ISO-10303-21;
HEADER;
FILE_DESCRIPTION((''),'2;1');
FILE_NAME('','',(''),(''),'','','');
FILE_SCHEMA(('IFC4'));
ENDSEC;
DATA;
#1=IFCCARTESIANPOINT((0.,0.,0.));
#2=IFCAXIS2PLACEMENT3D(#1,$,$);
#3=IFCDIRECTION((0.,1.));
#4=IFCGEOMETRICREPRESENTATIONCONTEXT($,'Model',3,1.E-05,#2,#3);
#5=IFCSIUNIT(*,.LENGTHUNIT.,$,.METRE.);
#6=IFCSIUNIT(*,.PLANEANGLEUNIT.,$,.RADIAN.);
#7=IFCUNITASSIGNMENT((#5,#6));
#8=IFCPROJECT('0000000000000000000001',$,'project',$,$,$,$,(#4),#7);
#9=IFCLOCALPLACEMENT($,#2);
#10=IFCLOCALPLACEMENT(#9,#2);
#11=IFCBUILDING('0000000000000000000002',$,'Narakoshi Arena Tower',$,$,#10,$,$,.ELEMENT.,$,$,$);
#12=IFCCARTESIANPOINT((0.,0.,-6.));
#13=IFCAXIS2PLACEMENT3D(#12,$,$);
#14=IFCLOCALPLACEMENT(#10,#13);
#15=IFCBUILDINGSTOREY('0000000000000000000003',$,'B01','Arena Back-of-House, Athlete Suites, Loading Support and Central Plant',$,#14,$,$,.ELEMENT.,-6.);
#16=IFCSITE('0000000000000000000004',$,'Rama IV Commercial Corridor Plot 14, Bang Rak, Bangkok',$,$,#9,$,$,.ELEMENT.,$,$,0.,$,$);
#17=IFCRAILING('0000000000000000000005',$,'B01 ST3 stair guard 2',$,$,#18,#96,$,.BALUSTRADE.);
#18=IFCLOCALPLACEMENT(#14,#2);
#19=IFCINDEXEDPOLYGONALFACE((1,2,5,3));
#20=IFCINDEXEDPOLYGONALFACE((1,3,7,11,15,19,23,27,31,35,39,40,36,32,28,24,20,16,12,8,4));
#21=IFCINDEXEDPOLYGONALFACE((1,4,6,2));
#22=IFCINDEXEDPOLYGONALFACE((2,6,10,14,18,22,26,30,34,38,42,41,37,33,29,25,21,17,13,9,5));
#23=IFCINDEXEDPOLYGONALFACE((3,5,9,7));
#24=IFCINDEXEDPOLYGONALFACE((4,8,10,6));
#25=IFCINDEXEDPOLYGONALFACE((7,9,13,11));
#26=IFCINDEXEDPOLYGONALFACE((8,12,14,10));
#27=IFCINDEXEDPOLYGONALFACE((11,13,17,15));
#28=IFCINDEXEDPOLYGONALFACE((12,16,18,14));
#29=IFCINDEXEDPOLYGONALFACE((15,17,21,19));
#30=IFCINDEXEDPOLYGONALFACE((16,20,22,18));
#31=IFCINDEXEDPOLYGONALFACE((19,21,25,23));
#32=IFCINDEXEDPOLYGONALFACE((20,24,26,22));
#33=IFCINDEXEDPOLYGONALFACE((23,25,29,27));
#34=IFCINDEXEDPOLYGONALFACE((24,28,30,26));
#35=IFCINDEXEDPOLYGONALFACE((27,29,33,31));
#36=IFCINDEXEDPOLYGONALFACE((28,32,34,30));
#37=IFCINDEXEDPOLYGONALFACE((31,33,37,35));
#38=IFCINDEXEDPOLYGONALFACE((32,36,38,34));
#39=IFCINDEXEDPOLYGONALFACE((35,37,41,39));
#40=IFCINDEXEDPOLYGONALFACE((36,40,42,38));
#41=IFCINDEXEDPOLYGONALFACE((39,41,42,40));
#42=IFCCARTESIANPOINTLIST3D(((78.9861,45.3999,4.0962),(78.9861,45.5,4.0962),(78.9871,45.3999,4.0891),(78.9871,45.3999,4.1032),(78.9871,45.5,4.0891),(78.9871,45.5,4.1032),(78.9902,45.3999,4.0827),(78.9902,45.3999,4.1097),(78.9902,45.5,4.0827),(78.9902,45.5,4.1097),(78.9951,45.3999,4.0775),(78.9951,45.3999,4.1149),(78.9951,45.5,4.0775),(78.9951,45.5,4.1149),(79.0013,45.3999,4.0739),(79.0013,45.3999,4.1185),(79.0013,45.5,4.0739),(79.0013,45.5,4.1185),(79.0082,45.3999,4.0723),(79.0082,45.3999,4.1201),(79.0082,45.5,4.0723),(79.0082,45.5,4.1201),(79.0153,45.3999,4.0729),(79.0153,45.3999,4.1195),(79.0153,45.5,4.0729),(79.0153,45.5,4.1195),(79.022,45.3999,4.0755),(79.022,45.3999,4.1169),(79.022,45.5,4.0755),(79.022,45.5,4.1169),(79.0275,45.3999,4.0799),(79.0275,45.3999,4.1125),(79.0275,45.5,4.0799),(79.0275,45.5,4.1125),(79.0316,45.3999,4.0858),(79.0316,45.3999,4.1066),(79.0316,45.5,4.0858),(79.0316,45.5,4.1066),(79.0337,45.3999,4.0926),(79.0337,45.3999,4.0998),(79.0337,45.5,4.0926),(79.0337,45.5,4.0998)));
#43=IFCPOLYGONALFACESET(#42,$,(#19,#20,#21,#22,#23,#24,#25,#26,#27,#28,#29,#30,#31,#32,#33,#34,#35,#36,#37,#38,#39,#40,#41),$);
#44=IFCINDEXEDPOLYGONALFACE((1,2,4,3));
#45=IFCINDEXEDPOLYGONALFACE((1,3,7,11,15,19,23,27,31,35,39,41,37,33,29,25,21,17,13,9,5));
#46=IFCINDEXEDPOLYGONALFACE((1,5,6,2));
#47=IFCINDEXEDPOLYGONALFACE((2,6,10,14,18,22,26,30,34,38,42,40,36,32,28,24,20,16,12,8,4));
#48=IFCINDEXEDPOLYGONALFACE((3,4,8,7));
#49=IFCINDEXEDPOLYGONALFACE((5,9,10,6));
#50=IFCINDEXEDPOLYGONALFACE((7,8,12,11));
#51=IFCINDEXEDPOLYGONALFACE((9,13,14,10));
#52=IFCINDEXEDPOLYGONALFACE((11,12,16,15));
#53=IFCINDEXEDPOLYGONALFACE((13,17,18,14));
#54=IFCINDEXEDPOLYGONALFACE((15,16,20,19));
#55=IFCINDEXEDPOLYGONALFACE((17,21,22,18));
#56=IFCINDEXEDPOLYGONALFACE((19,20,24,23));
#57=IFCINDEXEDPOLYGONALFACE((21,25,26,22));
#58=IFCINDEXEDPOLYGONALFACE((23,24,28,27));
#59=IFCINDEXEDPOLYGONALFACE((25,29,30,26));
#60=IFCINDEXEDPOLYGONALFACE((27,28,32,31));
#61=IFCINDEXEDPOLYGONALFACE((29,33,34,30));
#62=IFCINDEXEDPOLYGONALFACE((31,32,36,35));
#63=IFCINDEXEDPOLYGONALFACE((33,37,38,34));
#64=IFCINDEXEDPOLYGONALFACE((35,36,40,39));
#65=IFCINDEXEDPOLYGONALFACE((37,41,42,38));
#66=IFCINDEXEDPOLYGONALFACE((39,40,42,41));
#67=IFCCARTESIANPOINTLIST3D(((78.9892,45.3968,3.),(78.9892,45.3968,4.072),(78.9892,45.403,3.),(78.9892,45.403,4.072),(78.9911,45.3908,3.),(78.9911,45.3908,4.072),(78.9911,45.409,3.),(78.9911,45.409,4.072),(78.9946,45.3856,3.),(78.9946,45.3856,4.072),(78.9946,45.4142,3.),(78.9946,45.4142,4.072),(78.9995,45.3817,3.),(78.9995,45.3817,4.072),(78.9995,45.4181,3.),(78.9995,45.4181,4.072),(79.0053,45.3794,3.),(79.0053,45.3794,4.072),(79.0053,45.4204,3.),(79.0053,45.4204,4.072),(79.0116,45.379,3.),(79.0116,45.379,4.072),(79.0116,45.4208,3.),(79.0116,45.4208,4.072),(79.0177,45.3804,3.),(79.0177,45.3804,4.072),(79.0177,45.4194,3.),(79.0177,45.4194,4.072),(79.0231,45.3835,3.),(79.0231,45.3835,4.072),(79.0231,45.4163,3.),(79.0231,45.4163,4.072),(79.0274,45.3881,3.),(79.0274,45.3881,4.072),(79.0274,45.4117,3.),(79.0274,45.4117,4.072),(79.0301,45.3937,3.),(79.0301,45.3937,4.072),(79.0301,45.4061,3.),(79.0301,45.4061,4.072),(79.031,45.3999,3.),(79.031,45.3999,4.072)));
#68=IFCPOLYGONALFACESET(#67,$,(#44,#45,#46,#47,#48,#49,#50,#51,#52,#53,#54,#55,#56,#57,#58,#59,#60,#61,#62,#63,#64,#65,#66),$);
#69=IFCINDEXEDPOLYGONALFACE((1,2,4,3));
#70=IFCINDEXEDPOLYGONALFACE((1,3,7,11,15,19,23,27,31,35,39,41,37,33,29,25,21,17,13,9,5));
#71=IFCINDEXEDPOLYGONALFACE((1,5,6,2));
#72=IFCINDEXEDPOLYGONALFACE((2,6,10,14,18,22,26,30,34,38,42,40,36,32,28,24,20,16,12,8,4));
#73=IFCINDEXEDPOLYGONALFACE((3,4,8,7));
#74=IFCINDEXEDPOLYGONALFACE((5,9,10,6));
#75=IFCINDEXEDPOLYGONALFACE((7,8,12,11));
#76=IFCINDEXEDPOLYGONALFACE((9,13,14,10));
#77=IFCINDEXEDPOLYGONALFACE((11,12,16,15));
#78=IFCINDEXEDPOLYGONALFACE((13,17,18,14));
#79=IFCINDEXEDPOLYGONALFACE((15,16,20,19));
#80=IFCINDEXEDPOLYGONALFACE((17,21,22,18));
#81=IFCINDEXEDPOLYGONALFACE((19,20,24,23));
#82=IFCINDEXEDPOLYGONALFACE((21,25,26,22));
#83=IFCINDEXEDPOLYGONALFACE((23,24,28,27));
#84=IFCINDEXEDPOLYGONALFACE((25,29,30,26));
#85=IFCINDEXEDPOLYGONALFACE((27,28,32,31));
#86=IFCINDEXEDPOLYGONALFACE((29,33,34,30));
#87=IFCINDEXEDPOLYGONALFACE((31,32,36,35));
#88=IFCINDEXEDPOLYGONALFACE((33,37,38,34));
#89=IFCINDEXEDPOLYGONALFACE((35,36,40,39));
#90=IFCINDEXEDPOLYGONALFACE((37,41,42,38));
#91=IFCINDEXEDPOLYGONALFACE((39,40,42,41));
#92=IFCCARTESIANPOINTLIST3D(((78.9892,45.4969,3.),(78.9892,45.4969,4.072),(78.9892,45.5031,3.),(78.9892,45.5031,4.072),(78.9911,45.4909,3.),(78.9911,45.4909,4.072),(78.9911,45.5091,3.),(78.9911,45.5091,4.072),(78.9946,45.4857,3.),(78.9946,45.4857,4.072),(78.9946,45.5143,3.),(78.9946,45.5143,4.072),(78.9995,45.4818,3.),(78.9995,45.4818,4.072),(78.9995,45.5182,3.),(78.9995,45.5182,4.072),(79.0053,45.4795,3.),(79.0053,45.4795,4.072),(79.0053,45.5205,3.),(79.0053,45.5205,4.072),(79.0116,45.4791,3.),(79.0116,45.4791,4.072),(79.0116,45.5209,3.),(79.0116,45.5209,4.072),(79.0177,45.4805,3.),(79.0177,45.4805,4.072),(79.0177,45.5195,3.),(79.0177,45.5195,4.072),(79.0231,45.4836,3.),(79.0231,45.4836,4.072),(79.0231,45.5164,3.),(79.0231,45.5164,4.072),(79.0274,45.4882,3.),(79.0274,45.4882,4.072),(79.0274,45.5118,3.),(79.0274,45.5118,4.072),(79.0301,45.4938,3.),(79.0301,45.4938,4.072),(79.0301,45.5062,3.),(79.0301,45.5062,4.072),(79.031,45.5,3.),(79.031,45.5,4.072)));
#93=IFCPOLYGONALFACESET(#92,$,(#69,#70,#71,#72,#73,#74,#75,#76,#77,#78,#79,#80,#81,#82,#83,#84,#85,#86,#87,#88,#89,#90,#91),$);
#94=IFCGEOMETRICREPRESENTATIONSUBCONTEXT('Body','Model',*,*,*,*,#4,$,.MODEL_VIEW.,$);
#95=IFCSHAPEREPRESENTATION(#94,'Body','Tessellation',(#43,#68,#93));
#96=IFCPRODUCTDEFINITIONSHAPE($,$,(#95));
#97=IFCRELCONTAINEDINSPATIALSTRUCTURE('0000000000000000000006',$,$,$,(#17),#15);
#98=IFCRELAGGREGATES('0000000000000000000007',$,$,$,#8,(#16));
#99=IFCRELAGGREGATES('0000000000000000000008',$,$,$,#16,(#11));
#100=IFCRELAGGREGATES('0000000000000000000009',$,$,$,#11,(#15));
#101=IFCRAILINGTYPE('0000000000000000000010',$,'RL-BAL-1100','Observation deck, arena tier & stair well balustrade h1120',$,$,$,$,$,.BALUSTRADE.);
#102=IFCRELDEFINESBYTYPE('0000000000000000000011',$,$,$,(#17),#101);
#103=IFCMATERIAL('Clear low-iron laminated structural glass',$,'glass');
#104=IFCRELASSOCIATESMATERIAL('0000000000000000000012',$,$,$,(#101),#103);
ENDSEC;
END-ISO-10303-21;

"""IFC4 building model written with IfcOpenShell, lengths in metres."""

from ifc_helpers import new_model, si_unit, direction, frame, origin, origin_2d, place, context, subcontext, project, spatial, circle, extrude, material, type_object, element, save


model = new_model("IFC4")

# Units and contexts
model_context = context("Model", 3, precision=1e-05, world=origin(), true_north=direction((0.0, 1.0)))
body_context = subcontext(model_context, "Body", "Model", "MODEL_VIEW")
ifc_project = project(units=[si_unit("LENGTHUNIT", "METRE"), si_unit("PLANEANGLEUNIT", "RADIAN")], contexts=[model_context])

# Site, building, storey
site_placement = place(None, origin())
site = spatial("IfcSite", under=ifc_project, at=site_placement, Name="Rama IV Commercial Corridor Plot 14, Bang Rak, Bangkok", CompositionType="ELEMENT", RefElevation=0.0)
building_placement = place(site_placement, origin())
building = spatial("IfcBuilding", under=site, at=building_placement, Name="Narakoshi Arena Tower", CompositionType="ELEMENT")
storey_placement = place(building_placement, frame((0.0, 0.0, -6.0)))
storey = spatial("IfcBuildingStorey", under=building, at=storey_placement, Name="B01", Description="Arena Back-of-House, Athlete Suites, Loading Support and Central Plant", CompositionType="ELEMENT", Elevation=-6.0)

# Railing
ifc_material_1 = material(Name="Clear low-iron laminated structural glass", Category="glass")
railing_type_1 = type_object("IfcRailingType", Name="RL-BAL-1100", Description="Observation deck, arena tier & stair well balustrade h1120", PredefinedType="BALUSTRADE", material=ifc_material_1)
railing_1_placement = place(storey_placement, frame((79.01, 45.3999, 3.0)))
element("IfcRailing", 1, at=railing_1_placement, inside=storey, type_object=railing_type_1, Name="B01 ST3 stair guard 2", PredefinedType="BALUSTRADE", context=body_context, shape_type="SweptSolid", body=[
    extrude(circle(Radius=0.0239, at=origin_2d()), frame((0.0, 0.0, 1.0962), z_axis=(0.0, 1.0, 0.0), x_axis=(-1.0, 0.0, 0.0)), (0.0, 0.0, 1.0), 0.1001),
    extrude(circle(Radius=0.021, at=origin_2d()), origin(), (0.0, 0.0, 1.0), 1.072),
    extrude(circle(Radius=0.021, at=origin_2d()), frame((0.0, 0.1001, 0.0)), (0.0, 0.0, 1.0), 1.072),
])

save(model, "model.ifc")
